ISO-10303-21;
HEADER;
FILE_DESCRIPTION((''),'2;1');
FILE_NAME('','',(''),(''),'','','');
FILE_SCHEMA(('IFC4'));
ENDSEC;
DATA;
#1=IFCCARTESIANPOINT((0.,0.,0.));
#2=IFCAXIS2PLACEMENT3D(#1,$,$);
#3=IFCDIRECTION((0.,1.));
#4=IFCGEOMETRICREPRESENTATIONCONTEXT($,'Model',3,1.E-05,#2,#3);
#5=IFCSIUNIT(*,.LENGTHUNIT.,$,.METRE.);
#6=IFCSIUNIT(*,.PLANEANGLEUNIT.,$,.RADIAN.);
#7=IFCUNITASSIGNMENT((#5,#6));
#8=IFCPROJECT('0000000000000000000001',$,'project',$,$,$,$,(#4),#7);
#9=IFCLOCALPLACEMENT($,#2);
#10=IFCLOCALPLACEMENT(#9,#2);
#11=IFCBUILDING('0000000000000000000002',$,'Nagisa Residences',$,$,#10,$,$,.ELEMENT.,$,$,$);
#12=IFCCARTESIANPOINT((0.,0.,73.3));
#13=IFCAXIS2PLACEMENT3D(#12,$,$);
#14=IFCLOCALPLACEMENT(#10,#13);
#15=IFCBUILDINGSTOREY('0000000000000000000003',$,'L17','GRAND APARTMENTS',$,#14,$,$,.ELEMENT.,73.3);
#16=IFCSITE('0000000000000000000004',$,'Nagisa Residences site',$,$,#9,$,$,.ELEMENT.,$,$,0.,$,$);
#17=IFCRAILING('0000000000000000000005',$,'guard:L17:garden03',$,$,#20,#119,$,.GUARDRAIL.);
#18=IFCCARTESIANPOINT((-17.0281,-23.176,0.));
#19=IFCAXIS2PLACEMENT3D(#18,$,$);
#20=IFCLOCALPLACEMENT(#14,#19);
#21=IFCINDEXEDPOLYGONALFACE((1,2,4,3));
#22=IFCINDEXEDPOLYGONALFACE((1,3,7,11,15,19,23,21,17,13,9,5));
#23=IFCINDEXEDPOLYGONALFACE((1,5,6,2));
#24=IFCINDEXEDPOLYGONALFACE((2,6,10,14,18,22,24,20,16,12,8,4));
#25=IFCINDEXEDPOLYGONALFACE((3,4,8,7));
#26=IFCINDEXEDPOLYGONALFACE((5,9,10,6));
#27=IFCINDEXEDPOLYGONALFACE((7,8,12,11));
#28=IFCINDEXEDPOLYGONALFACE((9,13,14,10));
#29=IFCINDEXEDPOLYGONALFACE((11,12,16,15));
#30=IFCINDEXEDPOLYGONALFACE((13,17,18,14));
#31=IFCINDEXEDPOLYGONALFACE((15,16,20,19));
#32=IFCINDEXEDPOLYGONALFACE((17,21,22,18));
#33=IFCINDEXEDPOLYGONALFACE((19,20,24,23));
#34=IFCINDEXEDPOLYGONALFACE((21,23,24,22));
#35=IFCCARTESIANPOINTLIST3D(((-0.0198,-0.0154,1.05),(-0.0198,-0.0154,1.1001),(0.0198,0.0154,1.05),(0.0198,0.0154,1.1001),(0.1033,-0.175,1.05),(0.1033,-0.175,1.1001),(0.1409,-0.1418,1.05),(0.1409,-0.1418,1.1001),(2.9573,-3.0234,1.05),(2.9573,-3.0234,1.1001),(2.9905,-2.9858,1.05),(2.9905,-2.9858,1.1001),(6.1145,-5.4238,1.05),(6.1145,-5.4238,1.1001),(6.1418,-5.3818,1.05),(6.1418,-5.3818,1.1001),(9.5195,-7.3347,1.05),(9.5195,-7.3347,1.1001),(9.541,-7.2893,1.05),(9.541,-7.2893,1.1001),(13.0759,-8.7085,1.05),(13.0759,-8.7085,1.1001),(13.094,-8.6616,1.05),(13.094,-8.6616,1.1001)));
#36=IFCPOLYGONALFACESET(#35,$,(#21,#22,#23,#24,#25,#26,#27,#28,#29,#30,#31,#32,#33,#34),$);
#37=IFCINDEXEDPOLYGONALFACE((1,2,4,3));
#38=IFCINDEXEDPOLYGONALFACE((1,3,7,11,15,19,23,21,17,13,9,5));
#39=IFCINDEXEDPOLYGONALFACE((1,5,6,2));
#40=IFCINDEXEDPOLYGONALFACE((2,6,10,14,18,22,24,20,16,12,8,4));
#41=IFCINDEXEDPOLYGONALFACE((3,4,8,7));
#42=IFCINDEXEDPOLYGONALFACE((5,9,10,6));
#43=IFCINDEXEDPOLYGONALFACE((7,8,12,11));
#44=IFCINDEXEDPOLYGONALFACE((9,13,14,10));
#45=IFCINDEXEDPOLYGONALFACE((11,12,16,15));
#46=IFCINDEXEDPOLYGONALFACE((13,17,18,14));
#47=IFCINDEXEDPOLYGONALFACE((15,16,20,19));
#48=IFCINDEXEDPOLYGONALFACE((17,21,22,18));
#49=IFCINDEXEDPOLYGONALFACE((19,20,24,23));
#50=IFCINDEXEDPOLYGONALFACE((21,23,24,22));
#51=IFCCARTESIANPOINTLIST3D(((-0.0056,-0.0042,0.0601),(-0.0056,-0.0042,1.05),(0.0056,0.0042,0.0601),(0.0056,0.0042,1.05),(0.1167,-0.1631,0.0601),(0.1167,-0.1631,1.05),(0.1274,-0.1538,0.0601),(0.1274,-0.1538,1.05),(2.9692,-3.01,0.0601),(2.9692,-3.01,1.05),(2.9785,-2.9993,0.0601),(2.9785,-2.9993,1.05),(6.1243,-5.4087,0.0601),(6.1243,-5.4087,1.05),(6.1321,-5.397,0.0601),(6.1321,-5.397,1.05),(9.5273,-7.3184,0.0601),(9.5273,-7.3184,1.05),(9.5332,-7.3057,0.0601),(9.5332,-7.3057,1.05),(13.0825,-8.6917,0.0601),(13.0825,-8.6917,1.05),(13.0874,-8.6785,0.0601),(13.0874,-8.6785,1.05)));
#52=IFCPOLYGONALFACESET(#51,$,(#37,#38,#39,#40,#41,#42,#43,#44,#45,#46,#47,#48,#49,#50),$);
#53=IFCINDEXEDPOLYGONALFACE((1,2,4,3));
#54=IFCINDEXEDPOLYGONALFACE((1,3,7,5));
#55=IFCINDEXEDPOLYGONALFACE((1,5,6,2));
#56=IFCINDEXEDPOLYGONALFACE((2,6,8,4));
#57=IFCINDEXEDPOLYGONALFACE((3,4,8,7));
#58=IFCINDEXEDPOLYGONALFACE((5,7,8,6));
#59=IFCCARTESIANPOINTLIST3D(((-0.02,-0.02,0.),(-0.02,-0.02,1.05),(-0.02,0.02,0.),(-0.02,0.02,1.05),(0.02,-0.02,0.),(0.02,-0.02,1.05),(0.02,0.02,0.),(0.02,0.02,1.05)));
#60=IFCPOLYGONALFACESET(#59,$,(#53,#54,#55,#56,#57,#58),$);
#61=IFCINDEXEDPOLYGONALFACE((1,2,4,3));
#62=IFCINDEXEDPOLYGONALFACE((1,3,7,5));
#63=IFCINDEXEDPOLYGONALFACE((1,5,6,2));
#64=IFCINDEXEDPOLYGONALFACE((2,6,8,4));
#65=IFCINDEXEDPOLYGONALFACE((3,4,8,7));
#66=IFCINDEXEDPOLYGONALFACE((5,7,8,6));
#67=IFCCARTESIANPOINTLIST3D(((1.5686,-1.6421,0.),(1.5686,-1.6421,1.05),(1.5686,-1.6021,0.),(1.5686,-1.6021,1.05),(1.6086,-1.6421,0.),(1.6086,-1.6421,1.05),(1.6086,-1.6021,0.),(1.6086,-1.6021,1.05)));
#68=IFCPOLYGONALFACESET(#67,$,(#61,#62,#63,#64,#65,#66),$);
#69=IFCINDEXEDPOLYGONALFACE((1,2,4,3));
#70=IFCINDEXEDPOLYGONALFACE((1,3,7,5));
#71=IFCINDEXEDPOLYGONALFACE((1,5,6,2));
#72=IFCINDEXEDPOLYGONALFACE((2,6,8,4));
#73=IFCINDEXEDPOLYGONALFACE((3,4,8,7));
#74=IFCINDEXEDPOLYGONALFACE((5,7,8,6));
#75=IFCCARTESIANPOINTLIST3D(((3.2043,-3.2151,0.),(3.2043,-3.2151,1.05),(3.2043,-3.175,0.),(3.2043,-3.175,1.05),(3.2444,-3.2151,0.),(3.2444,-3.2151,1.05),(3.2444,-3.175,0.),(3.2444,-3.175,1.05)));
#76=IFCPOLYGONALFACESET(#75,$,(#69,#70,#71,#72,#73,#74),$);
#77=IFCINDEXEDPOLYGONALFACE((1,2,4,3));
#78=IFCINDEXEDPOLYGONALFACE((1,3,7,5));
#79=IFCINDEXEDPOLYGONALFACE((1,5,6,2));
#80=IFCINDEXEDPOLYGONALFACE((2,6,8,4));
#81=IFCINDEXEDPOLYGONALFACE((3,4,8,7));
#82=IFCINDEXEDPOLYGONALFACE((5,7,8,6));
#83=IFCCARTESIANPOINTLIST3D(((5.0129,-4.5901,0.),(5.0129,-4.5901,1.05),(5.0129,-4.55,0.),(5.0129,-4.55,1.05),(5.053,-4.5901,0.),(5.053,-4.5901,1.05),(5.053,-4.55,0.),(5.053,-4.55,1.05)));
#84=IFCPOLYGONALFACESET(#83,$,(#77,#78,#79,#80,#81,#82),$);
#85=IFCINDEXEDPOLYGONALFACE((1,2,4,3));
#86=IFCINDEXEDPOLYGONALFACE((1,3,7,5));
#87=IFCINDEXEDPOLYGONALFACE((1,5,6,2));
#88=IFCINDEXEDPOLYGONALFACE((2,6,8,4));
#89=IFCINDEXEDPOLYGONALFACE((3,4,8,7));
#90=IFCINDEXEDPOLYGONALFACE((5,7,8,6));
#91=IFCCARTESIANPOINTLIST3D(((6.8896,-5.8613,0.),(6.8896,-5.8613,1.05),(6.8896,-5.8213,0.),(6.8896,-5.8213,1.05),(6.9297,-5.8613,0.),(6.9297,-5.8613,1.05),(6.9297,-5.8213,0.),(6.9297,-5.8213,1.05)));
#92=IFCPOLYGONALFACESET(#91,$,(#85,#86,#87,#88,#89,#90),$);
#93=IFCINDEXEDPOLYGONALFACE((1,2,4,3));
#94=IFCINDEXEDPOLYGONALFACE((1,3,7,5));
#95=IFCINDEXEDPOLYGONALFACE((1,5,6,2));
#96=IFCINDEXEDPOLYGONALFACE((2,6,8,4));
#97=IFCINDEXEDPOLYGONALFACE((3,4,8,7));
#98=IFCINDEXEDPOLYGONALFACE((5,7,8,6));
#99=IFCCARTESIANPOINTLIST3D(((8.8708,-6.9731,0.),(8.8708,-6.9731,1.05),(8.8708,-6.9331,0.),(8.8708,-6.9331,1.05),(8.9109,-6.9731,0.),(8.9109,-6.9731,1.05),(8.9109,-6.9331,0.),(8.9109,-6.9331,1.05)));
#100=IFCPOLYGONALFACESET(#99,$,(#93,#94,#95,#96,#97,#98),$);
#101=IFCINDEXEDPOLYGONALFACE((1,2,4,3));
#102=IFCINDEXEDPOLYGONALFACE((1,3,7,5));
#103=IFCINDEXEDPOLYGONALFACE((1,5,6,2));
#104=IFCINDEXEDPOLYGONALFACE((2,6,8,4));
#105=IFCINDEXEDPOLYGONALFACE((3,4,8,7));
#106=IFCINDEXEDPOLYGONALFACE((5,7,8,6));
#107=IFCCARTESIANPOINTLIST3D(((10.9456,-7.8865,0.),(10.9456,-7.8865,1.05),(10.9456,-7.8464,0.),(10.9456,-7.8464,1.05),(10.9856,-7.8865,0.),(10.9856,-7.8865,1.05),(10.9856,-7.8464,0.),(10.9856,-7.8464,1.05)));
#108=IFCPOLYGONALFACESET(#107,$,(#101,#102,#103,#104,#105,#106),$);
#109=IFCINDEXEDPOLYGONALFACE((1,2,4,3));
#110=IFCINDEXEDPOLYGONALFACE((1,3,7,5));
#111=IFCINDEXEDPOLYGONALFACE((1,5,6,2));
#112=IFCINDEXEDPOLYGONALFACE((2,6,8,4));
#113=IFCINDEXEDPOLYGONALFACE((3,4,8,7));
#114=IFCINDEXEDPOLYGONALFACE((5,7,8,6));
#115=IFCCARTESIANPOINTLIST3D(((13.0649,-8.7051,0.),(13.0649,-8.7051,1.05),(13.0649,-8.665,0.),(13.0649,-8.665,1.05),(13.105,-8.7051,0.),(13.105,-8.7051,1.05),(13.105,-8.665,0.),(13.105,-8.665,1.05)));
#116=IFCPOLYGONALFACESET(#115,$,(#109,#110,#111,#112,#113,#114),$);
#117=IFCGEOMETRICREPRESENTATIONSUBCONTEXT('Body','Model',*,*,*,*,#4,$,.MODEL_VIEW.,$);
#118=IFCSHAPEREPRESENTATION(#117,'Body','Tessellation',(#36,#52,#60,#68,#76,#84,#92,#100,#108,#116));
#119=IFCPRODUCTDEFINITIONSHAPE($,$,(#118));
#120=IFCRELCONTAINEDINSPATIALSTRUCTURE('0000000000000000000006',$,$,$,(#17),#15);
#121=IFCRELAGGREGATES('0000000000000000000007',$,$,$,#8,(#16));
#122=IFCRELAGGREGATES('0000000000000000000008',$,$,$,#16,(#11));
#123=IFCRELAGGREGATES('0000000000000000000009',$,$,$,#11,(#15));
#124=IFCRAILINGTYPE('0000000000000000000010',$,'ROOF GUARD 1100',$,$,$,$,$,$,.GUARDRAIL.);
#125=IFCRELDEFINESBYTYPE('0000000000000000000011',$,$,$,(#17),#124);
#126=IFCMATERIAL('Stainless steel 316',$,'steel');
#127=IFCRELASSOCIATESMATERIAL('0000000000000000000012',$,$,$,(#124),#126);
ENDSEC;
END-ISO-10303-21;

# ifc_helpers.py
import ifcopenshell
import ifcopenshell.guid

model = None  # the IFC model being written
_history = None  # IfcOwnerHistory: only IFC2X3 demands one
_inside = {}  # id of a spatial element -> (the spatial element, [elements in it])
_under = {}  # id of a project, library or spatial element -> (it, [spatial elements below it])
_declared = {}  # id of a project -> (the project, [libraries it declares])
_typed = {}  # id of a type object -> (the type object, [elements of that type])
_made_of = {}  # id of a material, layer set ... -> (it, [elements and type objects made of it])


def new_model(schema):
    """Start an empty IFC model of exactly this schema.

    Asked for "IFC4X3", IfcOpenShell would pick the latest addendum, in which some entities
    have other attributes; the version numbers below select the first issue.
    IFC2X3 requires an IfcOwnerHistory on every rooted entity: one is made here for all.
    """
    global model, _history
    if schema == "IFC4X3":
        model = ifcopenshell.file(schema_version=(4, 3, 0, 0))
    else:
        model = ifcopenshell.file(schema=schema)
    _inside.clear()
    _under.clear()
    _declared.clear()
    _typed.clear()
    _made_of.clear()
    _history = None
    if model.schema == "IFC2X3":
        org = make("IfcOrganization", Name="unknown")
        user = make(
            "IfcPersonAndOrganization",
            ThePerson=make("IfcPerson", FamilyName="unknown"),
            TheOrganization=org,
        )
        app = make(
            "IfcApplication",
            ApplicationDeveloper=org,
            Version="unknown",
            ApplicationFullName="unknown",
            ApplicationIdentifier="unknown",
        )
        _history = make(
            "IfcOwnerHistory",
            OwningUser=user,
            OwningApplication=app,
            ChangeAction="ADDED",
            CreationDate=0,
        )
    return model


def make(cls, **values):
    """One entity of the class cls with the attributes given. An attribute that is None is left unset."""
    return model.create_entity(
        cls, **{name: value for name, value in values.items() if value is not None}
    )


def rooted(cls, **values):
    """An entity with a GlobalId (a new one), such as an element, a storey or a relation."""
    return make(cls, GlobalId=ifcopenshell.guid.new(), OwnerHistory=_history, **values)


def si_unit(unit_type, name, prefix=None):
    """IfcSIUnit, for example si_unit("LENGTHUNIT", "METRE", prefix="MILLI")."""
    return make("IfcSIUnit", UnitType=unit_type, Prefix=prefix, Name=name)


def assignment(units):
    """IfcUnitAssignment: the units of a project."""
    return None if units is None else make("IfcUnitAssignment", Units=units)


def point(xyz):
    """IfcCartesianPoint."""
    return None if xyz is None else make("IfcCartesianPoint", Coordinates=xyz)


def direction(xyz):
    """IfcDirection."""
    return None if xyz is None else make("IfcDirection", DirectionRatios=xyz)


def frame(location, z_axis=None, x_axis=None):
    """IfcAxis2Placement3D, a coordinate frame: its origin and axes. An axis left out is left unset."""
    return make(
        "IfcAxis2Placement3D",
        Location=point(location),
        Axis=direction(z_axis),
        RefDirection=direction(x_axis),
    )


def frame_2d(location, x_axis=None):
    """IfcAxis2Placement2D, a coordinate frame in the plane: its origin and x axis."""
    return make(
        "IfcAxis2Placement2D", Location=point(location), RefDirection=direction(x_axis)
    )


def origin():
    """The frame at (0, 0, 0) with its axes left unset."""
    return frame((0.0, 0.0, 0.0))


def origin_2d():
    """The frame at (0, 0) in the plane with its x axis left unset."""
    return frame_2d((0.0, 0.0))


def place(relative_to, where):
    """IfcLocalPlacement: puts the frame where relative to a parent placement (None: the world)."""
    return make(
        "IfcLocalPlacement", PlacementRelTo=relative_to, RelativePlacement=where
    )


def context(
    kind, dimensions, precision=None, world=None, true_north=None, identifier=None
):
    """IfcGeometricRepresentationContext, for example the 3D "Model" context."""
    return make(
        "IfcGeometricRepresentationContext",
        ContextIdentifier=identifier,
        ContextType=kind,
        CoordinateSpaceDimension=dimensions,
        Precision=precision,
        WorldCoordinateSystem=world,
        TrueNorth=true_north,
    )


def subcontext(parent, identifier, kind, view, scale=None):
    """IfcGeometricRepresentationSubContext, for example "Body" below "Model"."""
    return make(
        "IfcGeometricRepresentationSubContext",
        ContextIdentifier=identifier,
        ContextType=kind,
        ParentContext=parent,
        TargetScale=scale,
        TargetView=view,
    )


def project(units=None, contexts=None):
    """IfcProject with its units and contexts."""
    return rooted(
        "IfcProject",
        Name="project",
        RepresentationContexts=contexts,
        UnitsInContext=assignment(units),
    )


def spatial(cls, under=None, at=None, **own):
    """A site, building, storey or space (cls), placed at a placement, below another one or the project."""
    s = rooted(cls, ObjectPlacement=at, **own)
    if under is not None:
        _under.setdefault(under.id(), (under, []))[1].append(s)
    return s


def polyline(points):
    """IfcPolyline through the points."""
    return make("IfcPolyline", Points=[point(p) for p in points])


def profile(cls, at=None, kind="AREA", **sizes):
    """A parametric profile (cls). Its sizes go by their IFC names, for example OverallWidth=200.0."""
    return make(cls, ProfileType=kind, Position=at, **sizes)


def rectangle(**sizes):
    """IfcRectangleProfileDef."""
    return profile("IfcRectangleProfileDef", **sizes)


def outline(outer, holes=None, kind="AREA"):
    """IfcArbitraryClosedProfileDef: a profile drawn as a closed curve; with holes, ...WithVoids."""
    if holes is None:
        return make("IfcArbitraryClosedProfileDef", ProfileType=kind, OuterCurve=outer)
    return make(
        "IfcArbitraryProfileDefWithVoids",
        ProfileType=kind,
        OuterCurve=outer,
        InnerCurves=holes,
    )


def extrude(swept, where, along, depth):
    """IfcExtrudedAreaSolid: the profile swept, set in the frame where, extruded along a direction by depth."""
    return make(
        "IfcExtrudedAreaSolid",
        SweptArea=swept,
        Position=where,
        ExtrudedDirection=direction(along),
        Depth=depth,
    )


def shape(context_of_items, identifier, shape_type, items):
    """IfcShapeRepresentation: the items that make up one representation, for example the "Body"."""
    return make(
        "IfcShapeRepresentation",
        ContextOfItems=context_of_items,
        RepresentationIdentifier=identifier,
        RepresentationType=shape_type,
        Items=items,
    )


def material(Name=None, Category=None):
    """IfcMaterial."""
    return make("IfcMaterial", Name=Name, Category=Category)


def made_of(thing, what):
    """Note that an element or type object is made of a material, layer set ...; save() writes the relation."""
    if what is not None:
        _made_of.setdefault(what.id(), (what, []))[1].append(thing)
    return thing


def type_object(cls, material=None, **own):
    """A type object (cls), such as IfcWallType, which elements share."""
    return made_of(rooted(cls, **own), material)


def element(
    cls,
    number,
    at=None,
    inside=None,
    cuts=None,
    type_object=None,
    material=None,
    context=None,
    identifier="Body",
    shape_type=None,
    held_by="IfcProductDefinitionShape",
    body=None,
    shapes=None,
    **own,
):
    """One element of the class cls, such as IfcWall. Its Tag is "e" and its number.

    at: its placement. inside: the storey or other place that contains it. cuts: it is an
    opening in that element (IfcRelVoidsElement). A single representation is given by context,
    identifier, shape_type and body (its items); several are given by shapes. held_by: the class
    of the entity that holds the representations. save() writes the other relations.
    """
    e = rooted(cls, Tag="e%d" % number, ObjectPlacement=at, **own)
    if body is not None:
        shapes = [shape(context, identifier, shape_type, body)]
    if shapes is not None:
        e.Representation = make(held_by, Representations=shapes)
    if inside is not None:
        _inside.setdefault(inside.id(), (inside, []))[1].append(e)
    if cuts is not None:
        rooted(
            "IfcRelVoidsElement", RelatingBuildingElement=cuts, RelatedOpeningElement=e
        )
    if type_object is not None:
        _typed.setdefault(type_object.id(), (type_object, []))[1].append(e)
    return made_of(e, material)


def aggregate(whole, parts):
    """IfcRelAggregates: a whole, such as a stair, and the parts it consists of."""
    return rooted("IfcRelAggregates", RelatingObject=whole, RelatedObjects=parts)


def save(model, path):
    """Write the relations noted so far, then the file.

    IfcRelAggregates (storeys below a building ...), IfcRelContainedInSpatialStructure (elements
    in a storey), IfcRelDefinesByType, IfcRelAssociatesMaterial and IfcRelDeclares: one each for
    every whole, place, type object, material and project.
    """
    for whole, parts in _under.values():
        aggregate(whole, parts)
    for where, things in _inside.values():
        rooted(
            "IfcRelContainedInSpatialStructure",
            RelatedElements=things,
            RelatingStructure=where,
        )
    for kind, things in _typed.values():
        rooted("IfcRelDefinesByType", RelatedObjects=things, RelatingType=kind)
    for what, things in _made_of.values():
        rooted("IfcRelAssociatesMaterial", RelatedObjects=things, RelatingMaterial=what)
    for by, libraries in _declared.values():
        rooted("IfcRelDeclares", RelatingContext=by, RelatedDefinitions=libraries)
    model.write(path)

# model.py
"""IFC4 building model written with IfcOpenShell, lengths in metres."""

from ifc_helpers import new_model, si_unit, direction, frame, origin, origin_2d, place, context, subcontext, project, spatial, polyline, rectangle, outline, extrude, material, type_object, element, save


model = new_model("IFC4")

# Units and contexts
model_context = context("Model", 3, precision=1e-05, world=origin(), true_north=direction((0.0, 1.0)))
body_context = subcontext(model_context, "Body", "Model", "MODEL_VIEW")
ifc_project = project(units=[si_unit("LENGTHUNIT", "METRE"), si_unit("PLANEANGLEUNIT", "RADIAN")], contexts=[model_context])

# Site, building, storey
site_placement = place(None, origin())
site = spatial("IfcSite", under=ifc_project, at=site_placement, Name="Nagisa Residences site", CompositionType="ELEMENT", RefElevation=0.0)
building_placement = place(site_placement, origin())
building = spatial("IfcBuilding", under=site, at=building_placement, Name="Nagisa Residences", CompositionType="ELEMENT")
storey_placement = place(building_placement, frame((0.0, 0.0, 73.3)))
storey = spatial("IfcBuildingStorey", under=building, at=storey_placement, Name="L17", Description="GRAND APARTMENTS", CompositionType="ELEMENT", Elevation=73.3)

# Railing
ifc_material_1 = material(Name="Stainless steel 316", Category="steel")
railing_type_1 = type_object("IfcRailingType", Name="ROOF GUARD 1100", PredefinedType="GUARDRAIL", material=ifc_material_1)
railing_1_placement = place(storey_placement, frame((-17.0281, -23.176, 0.0)))
element("IfcRailing", 1, at=railing_1_placement, inside=storey, type_object=railing_type_1, Name="guard:L17:garden03", PredefinedType="GUARDRAIL", context=body_context, shape_type="SweptSolid", body=[
    extrude(outline(polyline([(0.1409, -0.1418), (0.0198, 0.0154), (-0.0198, -0.0154), (0.1033, -0.175), (2.9573, -3.0234), (6.1145, -5.4238), (9.5195, -7.3347), (13.0759, -8.7085), (13.094, -8.6616), (9.541, -7.2893), (6.1418, -5.3818), (2.9905, -2.9858), (0.1409, -0.1418)])), frame((0.0, 0.0, 1.05)), (0.0, 0.0, 1.0), 0.05),
    extrude(outline(polyline([(0.1274, -0.1538), (0.0056, 0.0042), (-0.0056, -0.0042), (0.1167, -0.1631), (2.9692, -3.01), (6.1243, -5.4087), (9.5273, -7.3184), (13.0825, -8.6917), (13.0874, -8.6785), (9.5332, -7.3057), (6.1321, -5.397), (2.9785, -2.9993), (0.1274, -0.1538)])), frame((0.0, 0.0, 0.0601)), (0.0, 0.0, 1.0), 0.99),
    extrude(rectangle(XDim=0.04, YDim=0.04, at=origin_2d()), origin(), (0.0, 0.0, 1.0), 1.05),
    extrude(rectangle(XDim=0.04, YDim=0.04, at=origin_2d()), frame((1.5886, -1.6221, 0.0)), (0.0, 0.0, 1.0), 1.05),
    extrude(rectangle(XDim=0.04, YDim=0.04, at=origin_2d()), frame((3.2244, -3.1951, 0.0)), (0.0, 0.0, 1.0), 1.05),
    extrude(rectangle(XDim=0.04, YDim=0.04, at=origin_2d()), frame((5.033, -4.5701, 0.0)), (0.0, 0.0, 1.0), 1.05),
    extrude(rectangle(XDim=0.04, YDim=0.04, at=origin_2d()), frame((6.9097, -5.8413, 0.0)), (0.0, 0.0, 1.0), 1.05),
    extrude(rectangle(XDim=0.04, YDim=0.04, at=origin_2d()), frame((8.8909, -6.9531, 0.0)), (0.0, 0.0, 1.0), 1.05),
    extrude(rectangle(XDim=0.04, YDim=0.04, at=origin_2d()), frame((10.9656, -7.8665, 0.0)), (0.0, 0.0, 1.0), 1.05),
    extrude(rectangle(XDim=0.04, YDim=0.04, at=origin_2d()), frame((13.085, -8.6851, 0.0)), (0.0, 0.0, 1.0), 1.05),
])

save(model, "model.ifc")
